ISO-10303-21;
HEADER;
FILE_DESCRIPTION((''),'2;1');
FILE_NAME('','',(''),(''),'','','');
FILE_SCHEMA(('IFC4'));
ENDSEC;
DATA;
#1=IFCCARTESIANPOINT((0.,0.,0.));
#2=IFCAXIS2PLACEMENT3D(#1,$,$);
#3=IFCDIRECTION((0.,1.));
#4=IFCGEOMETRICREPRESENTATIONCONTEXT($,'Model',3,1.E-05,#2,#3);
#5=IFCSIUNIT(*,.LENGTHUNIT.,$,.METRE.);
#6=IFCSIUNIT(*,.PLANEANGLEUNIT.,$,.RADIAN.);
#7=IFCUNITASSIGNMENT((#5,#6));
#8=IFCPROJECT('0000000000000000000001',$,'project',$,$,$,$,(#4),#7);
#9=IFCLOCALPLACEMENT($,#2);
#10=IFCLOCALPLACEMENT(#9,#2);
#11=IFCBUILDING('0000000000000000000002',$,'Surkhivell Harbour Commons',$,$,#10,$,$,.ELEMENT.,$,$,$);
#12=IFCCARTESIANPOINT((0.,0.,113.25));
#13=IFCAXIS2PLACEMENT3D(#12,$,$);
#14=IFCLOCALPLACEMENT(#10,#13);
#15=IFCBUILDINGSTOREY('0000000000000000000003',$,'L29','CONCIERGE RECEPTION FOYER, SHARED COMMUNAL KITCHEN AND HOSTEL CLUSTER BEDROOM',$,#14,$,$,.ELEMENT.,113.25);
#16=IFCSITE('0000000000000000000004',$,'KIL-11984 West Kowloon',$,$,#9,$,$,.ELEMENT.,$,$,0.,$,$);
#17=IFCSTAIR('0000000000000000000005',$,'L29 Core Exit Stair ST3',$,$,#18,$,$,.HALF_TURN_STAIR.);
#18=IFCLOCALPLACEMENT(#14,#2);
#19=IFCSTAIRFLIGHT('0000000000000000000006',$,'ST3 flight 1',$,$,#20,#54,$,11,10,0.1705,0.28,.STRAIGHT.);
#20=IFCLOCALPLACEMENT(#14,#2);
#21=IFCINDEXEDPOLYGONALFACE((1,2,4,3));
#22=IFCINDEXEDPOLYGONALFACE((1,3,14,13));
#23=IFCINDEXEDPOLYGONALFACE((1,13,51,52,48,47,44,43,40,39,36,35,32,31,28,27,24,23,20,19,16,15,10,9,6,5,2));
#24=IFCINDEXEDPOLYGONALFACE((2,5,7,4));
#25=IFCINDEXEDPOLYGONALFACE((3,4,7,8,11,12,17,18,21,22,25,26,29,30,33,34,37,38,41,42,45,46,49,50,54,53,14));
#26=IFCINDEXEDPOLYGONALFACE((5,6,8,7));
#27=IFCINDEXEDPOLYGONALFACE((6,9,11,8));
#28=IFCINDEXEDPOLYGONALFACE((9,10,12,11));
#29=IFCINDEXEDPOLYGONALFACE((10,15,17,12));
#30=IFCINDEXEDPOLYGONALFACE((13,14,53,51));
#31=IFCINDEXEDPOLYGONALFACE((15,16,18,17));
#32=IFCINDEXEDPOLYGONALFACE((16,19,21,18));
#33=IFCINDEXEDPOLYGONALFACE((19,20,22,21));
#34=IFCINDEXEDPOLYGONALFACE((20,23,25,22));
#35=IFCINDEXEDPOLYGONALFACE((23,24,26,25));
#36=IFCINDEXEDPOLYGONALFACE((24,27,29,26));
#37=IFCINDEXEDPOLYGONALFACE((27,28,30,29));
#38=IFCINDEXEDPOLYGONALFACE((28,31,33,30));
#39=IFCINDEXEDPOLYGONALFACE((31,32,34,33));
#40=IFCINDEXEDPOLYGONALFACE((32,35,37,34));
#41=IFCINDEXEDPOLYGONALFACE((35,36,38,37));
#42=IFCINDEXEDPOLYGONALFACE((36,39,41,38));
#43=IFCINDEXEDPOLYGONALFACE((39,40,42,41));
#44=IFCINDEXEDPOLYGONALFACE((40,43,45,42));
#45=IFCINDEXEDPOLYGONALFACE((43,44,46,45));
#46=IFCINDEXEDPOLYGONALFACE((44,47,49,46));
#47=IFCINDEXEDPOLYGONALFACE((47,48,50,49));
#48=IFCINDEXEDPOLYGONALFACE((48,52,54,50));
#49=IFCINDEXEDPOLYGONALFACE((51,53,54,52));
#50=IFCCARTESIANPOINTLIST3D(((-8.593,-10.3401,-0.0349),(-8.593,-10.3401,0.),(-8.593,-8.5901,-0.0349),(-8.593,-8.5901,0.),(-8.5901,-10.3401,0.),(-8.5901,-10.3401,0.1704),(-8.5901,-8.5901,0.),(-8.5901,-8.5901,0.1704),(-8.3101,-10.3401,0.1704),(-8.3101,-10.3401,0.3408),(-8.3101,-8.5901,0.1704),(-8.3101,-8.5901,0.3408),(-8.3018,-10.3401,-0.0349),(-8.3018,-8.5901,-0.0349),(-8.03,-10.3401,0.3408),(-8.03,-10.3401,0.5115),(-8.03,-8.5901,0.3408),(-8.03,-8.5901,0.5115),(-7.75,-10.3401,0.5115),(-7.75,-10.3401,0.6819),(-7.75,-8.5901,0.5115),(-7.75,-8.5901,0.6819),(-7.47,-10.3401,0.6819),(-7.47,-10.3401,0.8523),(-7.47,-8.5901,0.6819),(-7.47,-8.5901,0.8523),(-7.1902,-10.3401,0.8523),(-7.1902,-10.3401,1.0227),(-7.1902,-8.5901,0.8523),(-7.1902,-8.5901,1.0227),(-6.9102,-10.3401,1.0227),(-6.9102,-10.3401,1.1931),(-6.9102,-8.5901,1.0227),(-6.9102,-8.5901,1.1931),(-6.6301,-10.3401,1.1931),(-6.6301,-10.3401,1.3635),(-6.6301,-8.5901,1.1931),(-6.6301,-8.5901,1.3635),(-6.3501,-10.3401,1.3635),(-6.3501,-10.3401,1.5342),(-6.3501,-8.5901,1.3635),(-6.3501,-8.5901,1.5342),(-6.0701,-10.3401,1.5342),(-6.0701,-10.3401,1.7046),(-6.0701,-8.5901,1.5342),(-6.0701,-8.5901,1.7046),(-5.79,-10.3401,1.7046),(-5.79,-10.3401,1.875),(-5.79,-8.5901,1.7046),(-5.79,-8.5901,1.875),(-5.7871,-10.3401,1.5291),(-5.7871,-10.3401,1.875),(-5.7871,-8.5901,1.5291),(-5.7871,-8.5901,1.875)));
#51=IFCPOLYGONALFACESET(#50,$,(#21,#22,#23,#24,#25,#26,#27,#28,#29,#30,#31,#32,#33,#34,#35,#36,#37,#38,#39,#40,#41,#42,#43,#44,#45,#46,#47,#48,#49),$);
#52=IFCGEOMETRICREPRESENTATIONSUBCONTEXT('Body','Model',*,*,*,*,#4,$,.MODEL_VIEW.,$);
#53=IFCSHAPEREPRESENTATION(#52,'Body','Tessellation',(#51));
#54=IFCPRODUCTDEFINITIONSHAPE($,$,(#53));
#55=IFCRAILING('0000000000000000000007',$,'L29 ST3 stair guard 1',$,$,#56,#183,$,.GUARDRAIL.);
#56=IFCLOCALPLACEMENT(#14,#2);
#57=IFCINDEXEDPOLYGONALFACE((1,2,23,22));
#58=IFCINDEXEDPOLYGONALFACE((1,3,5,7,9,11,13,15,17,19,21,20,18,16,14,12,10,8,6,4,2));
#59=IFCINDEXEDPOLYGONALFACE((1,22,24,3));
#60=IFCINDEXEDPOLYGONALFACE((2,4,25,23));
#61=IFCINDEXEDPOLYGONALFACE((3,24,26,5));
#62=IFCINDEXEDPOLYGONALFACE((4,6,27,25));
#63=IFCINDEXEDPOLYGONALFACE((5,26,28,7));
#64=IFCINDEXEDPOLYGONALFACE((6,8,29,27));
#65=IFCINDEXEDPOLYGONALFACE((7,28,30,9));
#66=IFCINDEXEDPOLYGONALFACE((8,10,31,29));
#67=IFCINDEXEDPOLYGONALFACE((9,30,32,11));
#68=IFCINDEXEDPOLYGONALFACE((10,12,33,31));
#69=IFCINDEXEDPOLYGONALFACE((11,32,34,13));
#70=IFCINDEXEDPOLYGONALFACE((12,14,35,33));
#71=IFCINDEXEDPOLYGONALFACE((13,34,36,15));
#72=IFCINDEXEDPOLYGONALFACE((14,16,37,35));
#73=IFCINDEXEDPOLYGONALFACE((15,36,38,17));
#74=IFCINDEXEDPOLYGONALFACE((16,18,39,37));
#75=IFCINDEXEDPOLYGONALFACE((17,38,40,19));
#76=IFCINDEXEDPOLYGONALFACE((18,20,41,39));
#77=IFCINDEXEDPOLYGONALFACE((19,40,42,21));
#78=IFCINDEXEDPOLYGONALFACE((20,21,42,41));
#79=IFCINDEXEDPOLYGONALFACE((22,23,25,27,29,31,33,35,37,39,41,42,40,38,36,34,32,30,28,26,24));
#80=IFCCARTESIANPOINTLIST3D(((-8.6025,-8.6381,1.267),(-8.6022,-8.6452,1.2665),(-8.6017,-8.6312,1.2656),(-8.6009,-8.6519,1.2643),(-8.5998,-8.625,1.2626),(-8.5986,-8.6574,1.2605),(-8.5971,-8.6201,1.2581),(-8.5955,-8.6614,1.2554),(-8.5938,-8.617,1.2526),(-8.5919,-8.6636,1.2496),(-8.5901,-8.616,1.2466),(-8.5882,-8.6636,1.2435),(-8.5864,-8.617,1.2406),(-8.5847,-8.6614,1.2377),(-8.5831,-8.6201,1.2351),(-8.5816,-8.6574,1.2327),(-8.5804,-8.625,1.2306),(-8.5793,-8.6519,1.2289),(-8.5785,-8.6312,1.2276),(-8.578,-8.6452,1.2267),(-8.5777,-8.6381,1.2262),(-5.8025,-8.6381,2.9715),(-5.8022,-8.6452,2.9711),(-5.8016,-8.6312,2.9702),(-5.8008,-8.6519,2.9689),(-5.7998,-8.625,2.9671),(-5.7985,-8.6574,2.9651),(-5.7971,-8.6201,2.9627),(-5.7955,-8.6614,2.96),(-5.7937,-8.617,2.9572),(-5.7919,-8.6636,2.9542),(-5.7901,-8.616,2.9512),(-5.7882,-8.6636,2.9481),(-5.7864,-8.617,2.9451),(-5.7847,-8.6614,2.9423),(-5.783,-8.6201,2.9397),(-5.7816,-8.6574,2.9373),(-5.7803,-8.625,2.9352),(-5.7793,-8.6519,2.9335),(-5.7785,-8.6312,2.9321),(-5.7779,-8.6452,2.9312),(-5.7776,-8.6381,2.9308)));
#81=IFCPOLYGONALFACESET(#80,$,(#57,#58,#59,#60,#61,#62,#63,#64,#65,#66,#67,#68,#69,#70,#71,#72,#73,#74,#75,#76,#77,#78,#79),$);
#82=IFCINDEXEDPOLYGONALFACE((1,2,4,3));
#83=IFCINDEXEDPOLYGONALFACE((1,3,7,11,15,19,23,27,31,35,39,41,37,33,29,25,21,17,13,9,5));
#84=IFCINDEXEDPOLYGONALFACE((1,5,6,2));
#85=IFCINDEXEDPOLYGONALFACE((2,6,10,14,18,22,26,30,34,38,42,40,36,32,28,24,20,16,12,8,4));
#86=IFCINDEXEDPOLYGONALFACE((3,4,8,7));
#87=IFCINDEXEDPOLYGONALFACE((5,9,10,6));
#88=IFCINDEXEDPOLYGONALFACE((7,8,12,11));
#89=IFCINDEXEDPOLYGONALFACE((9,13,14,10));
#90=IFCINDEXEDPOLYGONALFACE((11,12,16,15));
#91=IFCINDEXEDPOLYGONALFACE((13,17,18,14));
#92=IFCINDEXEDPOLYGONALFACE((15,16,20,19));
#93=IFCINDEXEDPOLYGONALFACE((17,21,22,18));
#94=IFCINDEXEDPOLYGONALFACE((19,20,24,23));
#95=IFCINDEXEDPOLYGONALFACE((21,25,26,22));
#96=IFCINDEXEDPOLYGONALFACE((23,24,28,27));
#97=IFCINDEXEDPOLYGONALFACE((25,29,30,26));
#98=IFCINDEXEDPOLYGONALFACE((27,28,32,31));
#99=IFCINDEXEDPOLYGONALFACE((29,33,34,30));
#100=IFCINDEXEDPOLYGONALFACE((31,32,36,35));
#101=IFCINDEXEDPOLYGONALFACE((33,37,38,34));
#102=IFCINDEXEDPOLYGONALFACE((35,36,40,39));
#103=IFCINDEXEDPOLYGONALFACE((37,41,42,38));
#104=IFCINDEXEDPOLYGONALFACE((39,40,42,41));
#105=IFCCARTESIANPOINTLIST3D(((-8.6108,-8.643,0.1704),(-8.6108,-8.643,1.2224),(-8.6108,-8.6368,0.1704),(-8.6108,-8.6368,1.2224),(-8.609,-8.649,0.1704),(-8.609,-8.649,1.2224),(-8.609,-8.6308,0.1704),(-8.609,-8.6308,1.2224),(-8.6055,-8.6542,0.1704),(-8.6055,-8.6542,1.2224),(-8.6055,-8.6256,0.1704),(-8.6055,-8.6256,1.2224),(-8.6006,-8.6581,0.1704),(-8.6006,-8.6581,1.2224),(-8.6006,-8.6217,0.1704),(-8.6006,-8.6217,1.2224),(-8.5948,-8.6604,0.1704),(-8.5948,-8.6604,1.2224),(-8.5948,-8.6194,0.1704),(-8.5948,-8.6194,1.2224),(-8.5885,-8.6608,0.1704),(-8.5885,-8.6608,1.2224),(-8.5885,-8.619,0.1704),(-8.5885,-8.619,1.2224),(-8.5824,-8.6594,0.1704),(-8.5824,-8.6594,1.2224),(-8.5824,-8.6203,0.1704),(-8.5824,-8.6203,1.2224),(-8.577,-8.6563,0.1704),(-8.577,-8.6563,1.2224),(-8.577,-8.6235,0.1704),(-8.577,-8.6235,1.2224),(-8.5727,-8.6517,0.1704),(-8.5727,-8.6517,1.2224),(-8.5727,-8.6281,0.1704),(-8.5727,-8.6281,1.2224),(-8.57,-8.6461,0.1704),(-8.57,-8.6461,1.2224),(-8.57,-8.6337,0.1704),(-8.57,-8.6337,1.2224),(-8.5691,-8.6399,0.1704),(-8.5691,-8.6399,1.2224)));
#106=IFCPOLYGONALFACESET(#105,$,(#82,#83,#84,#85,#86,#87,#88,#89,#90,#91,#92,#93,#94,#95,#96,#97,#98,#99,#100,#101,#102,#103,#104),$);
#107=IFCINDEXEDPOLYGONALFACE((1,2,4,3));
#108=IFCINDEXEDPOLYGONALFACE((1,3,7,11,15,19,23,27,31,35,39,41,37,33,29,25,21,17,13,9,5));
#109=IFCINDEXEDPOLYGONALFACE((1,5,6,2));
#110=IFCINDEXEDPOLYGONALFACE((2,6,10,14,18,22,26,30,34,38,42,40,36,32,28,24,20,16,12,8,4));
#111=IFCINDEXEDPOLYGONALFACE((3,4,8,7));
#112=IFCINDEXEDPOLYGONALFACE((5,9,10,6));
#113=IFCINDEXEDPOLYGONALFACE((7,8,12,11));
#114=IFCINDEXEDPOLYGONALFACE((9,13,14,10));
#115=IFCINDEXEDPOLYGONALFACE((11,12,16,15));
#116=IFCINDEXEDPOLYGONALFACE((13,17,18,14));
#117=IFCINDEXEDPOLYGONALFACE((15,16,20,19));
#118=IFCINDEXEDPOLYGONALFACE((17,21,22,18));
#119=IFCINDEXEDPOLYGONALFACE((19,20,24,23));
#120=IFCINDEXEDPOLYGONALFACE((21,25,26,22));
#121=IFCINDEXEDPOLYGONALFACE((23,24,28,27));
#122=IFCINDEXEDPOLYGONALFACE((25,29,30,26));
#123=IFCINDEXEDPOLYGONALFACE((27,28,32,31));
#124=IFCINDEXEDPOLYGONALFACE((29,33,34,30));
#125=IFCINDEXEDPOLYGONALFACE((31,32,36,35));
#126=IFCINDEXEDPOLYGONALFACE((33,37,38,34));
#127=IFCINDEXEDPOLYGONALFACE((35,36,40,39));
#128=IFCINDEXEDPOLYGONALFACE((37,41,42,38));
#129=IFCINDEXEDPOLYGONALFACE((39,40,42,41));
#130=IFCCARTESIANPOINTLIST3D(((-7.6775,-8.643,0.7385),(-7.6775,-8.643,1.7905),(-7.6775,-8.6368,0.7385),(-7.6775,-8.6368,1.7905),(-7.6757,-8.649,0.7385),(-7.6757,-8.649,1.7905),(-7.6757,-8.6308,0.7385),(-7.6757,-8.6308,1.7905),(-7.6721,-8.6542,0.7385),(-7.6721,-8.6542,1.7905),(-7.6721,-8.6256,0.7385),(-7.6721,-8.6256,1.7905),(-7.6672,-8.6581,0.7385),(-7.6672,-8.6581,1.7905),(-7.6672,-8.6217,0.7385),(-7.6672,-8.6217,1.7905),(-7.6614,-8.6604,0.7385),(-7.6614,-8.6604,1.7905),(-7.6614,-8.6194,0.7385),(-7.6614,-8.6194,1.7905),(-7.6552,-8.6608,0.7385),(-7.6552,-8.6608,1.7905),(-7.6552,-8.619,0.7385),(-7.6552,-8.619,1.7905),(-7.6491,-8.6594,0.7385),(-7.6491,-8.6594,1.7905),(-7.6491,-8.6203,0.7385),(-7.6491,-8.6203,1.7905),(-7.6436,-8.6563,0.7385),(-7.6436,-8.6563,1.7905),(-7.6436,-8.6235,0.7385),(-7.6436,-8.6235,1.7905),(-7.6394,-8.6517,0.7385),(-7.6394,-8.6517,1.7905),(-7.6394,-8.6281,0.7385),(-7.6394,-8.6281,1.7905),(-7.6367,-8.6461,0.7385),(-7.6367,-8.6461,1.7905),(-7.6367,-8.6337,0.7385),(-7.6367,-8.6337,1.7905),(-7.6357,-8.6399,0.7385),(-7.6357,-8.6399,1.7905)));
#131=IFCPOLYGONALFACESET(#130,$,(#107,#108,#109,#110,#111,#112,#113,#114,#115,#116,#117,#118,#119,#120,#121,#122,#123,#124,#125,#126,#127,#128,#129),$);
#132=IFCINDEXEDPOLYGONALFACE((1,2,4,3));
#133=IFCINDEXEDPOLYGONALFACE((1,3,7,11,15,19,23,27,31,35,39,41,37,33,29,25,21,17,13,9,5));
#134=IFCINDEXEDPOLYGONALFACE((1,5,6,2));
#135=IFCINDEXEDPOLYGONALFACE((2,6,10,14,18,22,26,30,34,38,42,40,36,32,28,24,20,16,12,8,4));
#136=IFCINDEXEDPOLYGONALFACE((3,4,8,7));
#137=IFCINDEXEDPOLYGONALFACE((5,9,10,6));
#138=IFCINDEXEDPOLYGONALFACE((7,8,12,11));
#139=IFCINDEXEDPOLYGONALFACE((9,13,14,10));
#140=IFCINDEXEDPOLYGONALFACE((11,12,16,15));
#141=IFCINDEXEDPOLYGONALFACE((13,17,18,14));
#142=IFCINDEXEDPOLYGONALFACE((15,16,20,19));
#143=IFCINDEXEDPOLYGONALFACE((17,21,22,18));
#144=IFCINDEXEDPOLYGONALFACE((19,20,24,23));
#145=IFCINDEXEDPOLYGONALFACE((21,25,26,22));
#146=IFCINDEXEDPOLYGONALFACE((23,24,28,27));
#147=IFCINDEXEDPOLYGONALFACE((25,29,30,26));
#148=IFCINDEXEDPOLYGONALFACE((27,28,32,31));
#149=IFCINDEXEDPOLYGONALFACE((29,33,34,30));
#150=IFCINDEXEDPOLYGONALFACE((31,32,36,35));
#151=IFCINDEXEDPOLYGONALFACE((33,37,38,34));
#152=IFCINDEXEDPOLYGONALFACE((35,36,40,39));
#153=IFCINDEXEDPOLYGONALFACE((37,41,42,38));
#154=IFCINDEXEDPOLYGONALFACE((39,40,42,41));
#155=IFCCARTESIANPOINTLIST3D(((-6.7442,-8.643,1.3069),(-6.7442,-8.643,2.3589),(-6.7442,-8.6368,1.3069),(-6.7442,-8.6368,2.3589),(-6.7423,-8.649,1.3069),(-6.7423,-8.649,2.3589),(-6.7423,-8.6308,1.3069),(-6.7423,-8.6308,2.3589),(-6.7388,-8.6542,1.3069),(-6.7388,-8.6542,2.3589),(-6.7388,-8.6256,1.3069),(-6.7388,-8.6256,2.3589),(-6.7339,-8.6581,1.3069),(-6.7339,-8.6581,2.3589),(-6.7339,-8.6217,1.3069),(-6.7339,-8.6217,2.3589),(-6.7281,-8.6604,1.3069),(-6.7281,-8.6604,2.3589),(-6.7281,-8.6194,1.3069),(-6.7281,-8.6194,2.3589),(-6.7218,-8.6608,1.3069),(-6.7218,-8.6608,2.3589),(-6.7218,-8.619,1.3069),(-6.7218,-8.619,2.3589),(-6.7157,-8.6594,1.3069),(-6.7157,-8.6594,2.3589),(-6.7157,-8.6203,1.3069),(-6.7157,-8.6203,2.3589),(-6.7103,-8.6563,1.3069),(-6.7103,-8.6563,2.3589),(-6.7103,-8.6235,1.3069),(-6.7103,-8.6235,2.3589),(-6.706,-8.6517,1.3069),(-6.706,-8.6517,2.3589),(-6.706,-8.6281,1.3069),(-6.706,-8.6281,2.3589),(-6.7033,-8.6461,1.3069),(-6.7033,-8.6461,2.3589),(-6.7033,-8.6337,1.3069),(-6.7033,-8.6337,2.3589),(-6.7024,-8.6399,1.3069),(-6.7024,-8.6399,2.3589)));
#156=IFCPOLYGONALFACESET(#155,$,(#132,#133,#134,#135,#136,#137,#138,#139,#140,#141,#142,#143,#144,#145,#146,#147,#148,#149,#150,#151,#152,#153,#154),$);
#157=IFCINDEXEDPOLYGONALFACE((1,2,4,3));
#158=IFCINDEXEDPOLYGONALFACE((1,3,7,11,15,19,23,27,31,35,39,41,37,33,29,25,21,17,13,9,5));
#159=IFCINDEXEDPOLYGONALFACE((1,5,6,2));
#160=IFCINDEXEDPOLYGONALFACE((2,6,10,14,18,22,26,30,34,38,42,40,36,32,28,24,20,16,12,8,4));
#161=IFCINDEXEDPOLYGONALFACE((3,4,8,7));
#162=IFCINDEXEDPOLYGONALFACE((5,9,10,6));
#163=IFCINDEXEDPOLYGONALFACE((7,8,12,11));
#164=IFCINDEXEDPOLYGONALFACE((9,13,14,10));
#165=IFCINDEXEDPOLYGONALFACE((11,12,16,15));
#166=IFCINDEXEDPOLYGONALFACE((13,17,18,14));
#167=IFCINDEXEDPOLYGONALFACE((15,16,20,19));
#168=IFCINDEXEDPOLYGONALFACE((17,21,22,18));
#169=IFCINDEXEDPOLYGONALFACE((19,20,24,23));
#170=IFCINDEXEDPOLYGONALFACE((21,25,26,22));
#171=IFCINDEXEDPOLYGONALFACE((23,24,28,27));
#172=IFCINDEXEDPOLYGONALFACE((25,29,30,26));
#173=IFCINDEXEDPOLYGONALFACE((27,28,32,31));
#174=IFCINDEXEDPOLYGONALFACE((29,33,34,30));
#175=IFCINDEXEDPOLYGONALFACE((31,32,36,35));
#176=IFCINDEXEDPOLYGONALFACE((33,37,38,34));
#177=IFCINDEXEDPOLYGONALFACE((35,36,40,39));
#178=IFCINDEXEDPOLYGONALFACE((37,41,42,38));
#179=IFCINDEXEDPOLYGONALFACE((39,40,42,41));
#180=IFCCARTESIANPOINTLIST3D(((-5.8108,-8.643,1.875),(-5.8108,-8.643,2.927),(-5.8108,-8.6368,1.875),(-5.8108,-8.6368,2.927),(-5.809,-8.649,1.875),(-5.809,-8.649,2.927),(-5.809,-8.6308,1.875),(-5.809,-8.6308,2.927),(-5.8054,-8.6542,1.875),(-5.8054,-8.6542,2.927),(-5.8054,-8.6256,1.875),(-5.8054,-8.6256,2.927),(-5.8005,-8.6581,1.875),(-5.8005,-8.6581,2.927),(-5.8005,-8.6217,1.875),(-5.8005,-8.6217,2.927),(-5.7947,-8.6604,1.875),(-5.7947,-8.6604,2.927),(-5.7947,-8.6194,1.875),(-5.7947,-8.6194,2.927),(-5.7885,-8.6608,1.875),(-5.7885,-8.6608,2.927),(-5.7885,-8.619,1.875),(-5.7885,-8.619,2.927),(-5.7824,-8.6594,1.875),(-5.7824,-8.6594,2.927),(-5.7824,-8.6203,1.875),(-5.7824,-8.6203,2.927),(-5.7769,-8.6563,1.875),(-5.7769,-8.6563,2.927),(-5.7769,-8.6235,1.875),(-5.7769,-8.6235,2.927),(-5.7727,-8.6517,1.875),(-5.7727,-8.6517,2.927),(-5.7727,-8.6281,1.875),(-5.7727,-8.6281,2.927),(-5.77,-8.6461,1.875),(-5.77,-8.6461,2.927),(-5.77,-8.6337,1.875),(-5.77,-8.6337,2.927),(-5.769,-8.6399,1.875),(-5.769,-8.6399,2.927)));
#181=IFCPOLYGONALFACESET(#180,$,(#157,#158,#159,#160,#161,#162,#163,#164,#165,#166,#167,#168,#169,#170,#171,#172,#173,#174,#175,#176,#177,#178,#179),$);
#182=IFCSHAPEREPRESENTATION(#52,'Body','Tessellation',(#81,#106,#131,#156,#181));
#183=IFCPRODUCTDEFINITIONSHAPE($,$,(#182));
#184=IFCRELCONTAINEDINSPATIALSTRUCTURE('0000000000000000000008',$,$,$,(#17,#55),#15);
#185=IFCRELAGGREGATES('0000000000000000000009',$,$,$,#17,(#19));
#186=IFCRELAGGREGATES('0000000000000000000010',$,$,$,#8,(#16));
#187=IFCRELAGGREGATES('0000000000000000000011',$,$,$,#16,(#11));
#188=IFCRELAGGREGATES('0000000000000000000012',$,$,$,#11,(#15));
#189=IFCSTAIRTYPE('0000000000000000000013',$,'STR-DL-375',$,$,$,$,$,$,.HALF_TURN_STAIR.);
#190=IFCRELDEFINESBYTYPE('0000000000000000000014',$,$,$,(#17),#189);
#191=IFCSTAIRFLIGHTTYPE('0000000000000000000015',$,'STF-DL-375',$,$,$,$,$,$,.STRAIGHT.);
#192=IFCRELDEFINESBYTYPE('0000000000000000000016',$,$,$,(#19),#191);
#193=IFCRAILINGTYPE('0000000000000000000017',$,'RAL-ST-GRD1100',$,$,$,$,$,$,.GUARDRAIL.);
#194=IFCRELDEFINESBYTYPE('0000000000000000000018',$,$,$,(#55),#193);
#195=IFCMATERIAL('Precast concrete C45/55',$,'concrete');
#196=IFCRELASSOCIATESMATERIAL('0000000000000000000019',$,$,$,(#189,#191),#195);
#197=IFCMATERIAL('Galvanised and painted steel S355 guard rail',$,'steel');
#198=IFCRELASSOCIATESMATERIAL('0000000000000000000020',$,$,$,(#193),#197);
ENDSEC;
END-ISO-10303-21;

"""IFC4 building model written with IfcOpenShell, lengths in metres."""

from ifc_helpers import new_model, si_unit, direction, frame, origin, origin_2d, place, context, subcontext, project, spatial, polyline, circle, outline, extrude, material, type_object, element, aggregate, save


model = new_model("IFC4")

# Units and contexts
model_context = context("Model", 3, precision=1e-05, world=origin(), true_north=direction((0.0, 1.0)))
body_context = subcontext(model_context, "Body", "Model", "MODEL_VIEW")
ifc_project = project(units=[si_unit("LENGTHUNIT", "METRE"), si_unit("PLANEANGLEUNIT", "RADIAN")], contexts=[model_context])

# Site, building, storey
site_placement = place(None, origin())
site = spatial("IfcSite", under=ifc_project, at=site_placement, Name="KIL-11984 West Kowloon", CompositionType="ELEMENT", RefElevation=0.0)
building_placement = place(site_placement, origin())
building = spatial("IfcBuilding", under=site, at=building_placement, Name="Surkhivell Harbour Commons", CompositionType="ELEMENT")
storey_placement = place(building_placement, frame((0.0, 0.0, 113.25)))
storey = spatial("IfcBuildingStorey", under=building, at=storey_placement, Name="L29", Description="CONCIERGE RECEPTION FOYER, SHARED COMMUNAL KITCHEN AND HOSTEL CLUSTER BEDROOM", CompositionType="ELEMENT", Elevation=113.25)

# Stair, stair flight
ifc_material_1 = material(Name="Precast concrete C45/55", Category="concrete")
stair_type = type_object("IfcStairType", Name="STR-DL-375", PredefinedType="HALF_TURN_STAIR", material=ifc_material_1)
stair_placement = place(storey_placement, origin())
stair = element("IfcStair", 1, at=stair_placement, inside=storey, type_object=stair_type, Name="L29 Core Exit Stair ST3", PredefinedType="HALF_TURN_STAIR")
stair_flight_type = type_object("IfcStairFlightType", Name="STF-DL-375", PredefinedType="STRAIGHT", material=ifc_material_1)
stair_flight_placement = place(storey_placement, frame((-8.5901, -9.4651, 0.0), z_axis=(0.0, 0.0, 1.0), x_axis=(1.0, 0.0, 0.0)))
stair_flight = element("IfcStairFlight", 2, at=stair_flight_placement, type_object=stair_flight_type, Name="ST3 flight 1", NumberOfRisers=11, NumberOfTreads=10, PredefinedType="STRAIGHT", RiserHeight=0.1705, TreadLength=0.28, context=body_context, shape_type="SweptSolid", body=[
    extrude(outline(polyline([(-0.0029, -0.0349), (-0.0029, 0.0), (0.0, 0.0), (0.0, 0.1704), (0.28, 0.1704), (0.28, 0.3408), (0.5601, 0.3408), (0.5601, 0.5115), (0.8401, 0.5115), (0.8401, 0.6819), (1.1201, 0.6819), (1.1201, 0.8523), (1.3999, 0.8523), (1.3999, 1.0227), (1.6799, 1.0227), (1.6799, 1.1931), (1.96, 1.1931), (1.96, 1.3635), (2.24, 1.3635), (2.24, 1.5342), (2.52, 1.5342), (2.52, 1.7046), (2.8, 1.7046), (2.8, 1.875), (2.803, 1.875), (2.803, 1.5291), (0.2883, -0.0349), (-0.0029, -0.0349)])), frame((0.0, 0.875, 0.0), z_axis=(0.0, -1.0, 0.0), x_axis=(1.0, 0.0, 0.0)), (0.0, 0.0, 1.0), 1.75),
])
aggregate(stair, [stair_flight])

# Railing
ifc_material_2 = material(Name="Galvanised and painted steel S355 guard rail", Category="steel")
railing_type_1 = type_object("IfcRailingType", Name="RAL-ST-GRD1100", PredefinedType="GUARDRAIL", material=ifc_material_2)
railing_1_placement = place(storey_placement, frame((-8.5901, -8.6399, 0.1704)))
element("IfcRailing", 3, at=railing_1_placement, inside=storey, type_object=railing_type_1, Name="L29 ST3 stair guard 1", PredefinedType="GUARDRAIL", context=body_context, shape_type="SweptSolid", body=[
    extrude(circle(Radius=0.0239, at=origin_2d()), frame((0.0, 0.0, 1.0762), z_axis=(0.85417, 0.0, 0.519994), x_axis=(0.0, 1.0, 0.0)), (0.0, 0.0, 1.0), 3.2781),
    extrude(circle(Radius=0.021, at=origin_2d()), origin(), (0.0, 0.0, 1.0), 1.052),
    extrude(circle(Radius=0.021, at=origin_2d()), frame((0.9333, 0.0, 0.5681)), (0.0, 0.0, 1.0), 1.052),
    extrude(circle(Radius=0.021, at=origin_2d()), frame((1.8667, 0.0, 1.1365)), (0.0, 0.0, 1.0), 1.052),
    extrude(circle(Radius=0.021, at=origin_2d()), frame((2.8, 0.0, 1.7046)), (0.0, 0.0, 1.0), 1.052),
])

save(model, "model.ifc")
